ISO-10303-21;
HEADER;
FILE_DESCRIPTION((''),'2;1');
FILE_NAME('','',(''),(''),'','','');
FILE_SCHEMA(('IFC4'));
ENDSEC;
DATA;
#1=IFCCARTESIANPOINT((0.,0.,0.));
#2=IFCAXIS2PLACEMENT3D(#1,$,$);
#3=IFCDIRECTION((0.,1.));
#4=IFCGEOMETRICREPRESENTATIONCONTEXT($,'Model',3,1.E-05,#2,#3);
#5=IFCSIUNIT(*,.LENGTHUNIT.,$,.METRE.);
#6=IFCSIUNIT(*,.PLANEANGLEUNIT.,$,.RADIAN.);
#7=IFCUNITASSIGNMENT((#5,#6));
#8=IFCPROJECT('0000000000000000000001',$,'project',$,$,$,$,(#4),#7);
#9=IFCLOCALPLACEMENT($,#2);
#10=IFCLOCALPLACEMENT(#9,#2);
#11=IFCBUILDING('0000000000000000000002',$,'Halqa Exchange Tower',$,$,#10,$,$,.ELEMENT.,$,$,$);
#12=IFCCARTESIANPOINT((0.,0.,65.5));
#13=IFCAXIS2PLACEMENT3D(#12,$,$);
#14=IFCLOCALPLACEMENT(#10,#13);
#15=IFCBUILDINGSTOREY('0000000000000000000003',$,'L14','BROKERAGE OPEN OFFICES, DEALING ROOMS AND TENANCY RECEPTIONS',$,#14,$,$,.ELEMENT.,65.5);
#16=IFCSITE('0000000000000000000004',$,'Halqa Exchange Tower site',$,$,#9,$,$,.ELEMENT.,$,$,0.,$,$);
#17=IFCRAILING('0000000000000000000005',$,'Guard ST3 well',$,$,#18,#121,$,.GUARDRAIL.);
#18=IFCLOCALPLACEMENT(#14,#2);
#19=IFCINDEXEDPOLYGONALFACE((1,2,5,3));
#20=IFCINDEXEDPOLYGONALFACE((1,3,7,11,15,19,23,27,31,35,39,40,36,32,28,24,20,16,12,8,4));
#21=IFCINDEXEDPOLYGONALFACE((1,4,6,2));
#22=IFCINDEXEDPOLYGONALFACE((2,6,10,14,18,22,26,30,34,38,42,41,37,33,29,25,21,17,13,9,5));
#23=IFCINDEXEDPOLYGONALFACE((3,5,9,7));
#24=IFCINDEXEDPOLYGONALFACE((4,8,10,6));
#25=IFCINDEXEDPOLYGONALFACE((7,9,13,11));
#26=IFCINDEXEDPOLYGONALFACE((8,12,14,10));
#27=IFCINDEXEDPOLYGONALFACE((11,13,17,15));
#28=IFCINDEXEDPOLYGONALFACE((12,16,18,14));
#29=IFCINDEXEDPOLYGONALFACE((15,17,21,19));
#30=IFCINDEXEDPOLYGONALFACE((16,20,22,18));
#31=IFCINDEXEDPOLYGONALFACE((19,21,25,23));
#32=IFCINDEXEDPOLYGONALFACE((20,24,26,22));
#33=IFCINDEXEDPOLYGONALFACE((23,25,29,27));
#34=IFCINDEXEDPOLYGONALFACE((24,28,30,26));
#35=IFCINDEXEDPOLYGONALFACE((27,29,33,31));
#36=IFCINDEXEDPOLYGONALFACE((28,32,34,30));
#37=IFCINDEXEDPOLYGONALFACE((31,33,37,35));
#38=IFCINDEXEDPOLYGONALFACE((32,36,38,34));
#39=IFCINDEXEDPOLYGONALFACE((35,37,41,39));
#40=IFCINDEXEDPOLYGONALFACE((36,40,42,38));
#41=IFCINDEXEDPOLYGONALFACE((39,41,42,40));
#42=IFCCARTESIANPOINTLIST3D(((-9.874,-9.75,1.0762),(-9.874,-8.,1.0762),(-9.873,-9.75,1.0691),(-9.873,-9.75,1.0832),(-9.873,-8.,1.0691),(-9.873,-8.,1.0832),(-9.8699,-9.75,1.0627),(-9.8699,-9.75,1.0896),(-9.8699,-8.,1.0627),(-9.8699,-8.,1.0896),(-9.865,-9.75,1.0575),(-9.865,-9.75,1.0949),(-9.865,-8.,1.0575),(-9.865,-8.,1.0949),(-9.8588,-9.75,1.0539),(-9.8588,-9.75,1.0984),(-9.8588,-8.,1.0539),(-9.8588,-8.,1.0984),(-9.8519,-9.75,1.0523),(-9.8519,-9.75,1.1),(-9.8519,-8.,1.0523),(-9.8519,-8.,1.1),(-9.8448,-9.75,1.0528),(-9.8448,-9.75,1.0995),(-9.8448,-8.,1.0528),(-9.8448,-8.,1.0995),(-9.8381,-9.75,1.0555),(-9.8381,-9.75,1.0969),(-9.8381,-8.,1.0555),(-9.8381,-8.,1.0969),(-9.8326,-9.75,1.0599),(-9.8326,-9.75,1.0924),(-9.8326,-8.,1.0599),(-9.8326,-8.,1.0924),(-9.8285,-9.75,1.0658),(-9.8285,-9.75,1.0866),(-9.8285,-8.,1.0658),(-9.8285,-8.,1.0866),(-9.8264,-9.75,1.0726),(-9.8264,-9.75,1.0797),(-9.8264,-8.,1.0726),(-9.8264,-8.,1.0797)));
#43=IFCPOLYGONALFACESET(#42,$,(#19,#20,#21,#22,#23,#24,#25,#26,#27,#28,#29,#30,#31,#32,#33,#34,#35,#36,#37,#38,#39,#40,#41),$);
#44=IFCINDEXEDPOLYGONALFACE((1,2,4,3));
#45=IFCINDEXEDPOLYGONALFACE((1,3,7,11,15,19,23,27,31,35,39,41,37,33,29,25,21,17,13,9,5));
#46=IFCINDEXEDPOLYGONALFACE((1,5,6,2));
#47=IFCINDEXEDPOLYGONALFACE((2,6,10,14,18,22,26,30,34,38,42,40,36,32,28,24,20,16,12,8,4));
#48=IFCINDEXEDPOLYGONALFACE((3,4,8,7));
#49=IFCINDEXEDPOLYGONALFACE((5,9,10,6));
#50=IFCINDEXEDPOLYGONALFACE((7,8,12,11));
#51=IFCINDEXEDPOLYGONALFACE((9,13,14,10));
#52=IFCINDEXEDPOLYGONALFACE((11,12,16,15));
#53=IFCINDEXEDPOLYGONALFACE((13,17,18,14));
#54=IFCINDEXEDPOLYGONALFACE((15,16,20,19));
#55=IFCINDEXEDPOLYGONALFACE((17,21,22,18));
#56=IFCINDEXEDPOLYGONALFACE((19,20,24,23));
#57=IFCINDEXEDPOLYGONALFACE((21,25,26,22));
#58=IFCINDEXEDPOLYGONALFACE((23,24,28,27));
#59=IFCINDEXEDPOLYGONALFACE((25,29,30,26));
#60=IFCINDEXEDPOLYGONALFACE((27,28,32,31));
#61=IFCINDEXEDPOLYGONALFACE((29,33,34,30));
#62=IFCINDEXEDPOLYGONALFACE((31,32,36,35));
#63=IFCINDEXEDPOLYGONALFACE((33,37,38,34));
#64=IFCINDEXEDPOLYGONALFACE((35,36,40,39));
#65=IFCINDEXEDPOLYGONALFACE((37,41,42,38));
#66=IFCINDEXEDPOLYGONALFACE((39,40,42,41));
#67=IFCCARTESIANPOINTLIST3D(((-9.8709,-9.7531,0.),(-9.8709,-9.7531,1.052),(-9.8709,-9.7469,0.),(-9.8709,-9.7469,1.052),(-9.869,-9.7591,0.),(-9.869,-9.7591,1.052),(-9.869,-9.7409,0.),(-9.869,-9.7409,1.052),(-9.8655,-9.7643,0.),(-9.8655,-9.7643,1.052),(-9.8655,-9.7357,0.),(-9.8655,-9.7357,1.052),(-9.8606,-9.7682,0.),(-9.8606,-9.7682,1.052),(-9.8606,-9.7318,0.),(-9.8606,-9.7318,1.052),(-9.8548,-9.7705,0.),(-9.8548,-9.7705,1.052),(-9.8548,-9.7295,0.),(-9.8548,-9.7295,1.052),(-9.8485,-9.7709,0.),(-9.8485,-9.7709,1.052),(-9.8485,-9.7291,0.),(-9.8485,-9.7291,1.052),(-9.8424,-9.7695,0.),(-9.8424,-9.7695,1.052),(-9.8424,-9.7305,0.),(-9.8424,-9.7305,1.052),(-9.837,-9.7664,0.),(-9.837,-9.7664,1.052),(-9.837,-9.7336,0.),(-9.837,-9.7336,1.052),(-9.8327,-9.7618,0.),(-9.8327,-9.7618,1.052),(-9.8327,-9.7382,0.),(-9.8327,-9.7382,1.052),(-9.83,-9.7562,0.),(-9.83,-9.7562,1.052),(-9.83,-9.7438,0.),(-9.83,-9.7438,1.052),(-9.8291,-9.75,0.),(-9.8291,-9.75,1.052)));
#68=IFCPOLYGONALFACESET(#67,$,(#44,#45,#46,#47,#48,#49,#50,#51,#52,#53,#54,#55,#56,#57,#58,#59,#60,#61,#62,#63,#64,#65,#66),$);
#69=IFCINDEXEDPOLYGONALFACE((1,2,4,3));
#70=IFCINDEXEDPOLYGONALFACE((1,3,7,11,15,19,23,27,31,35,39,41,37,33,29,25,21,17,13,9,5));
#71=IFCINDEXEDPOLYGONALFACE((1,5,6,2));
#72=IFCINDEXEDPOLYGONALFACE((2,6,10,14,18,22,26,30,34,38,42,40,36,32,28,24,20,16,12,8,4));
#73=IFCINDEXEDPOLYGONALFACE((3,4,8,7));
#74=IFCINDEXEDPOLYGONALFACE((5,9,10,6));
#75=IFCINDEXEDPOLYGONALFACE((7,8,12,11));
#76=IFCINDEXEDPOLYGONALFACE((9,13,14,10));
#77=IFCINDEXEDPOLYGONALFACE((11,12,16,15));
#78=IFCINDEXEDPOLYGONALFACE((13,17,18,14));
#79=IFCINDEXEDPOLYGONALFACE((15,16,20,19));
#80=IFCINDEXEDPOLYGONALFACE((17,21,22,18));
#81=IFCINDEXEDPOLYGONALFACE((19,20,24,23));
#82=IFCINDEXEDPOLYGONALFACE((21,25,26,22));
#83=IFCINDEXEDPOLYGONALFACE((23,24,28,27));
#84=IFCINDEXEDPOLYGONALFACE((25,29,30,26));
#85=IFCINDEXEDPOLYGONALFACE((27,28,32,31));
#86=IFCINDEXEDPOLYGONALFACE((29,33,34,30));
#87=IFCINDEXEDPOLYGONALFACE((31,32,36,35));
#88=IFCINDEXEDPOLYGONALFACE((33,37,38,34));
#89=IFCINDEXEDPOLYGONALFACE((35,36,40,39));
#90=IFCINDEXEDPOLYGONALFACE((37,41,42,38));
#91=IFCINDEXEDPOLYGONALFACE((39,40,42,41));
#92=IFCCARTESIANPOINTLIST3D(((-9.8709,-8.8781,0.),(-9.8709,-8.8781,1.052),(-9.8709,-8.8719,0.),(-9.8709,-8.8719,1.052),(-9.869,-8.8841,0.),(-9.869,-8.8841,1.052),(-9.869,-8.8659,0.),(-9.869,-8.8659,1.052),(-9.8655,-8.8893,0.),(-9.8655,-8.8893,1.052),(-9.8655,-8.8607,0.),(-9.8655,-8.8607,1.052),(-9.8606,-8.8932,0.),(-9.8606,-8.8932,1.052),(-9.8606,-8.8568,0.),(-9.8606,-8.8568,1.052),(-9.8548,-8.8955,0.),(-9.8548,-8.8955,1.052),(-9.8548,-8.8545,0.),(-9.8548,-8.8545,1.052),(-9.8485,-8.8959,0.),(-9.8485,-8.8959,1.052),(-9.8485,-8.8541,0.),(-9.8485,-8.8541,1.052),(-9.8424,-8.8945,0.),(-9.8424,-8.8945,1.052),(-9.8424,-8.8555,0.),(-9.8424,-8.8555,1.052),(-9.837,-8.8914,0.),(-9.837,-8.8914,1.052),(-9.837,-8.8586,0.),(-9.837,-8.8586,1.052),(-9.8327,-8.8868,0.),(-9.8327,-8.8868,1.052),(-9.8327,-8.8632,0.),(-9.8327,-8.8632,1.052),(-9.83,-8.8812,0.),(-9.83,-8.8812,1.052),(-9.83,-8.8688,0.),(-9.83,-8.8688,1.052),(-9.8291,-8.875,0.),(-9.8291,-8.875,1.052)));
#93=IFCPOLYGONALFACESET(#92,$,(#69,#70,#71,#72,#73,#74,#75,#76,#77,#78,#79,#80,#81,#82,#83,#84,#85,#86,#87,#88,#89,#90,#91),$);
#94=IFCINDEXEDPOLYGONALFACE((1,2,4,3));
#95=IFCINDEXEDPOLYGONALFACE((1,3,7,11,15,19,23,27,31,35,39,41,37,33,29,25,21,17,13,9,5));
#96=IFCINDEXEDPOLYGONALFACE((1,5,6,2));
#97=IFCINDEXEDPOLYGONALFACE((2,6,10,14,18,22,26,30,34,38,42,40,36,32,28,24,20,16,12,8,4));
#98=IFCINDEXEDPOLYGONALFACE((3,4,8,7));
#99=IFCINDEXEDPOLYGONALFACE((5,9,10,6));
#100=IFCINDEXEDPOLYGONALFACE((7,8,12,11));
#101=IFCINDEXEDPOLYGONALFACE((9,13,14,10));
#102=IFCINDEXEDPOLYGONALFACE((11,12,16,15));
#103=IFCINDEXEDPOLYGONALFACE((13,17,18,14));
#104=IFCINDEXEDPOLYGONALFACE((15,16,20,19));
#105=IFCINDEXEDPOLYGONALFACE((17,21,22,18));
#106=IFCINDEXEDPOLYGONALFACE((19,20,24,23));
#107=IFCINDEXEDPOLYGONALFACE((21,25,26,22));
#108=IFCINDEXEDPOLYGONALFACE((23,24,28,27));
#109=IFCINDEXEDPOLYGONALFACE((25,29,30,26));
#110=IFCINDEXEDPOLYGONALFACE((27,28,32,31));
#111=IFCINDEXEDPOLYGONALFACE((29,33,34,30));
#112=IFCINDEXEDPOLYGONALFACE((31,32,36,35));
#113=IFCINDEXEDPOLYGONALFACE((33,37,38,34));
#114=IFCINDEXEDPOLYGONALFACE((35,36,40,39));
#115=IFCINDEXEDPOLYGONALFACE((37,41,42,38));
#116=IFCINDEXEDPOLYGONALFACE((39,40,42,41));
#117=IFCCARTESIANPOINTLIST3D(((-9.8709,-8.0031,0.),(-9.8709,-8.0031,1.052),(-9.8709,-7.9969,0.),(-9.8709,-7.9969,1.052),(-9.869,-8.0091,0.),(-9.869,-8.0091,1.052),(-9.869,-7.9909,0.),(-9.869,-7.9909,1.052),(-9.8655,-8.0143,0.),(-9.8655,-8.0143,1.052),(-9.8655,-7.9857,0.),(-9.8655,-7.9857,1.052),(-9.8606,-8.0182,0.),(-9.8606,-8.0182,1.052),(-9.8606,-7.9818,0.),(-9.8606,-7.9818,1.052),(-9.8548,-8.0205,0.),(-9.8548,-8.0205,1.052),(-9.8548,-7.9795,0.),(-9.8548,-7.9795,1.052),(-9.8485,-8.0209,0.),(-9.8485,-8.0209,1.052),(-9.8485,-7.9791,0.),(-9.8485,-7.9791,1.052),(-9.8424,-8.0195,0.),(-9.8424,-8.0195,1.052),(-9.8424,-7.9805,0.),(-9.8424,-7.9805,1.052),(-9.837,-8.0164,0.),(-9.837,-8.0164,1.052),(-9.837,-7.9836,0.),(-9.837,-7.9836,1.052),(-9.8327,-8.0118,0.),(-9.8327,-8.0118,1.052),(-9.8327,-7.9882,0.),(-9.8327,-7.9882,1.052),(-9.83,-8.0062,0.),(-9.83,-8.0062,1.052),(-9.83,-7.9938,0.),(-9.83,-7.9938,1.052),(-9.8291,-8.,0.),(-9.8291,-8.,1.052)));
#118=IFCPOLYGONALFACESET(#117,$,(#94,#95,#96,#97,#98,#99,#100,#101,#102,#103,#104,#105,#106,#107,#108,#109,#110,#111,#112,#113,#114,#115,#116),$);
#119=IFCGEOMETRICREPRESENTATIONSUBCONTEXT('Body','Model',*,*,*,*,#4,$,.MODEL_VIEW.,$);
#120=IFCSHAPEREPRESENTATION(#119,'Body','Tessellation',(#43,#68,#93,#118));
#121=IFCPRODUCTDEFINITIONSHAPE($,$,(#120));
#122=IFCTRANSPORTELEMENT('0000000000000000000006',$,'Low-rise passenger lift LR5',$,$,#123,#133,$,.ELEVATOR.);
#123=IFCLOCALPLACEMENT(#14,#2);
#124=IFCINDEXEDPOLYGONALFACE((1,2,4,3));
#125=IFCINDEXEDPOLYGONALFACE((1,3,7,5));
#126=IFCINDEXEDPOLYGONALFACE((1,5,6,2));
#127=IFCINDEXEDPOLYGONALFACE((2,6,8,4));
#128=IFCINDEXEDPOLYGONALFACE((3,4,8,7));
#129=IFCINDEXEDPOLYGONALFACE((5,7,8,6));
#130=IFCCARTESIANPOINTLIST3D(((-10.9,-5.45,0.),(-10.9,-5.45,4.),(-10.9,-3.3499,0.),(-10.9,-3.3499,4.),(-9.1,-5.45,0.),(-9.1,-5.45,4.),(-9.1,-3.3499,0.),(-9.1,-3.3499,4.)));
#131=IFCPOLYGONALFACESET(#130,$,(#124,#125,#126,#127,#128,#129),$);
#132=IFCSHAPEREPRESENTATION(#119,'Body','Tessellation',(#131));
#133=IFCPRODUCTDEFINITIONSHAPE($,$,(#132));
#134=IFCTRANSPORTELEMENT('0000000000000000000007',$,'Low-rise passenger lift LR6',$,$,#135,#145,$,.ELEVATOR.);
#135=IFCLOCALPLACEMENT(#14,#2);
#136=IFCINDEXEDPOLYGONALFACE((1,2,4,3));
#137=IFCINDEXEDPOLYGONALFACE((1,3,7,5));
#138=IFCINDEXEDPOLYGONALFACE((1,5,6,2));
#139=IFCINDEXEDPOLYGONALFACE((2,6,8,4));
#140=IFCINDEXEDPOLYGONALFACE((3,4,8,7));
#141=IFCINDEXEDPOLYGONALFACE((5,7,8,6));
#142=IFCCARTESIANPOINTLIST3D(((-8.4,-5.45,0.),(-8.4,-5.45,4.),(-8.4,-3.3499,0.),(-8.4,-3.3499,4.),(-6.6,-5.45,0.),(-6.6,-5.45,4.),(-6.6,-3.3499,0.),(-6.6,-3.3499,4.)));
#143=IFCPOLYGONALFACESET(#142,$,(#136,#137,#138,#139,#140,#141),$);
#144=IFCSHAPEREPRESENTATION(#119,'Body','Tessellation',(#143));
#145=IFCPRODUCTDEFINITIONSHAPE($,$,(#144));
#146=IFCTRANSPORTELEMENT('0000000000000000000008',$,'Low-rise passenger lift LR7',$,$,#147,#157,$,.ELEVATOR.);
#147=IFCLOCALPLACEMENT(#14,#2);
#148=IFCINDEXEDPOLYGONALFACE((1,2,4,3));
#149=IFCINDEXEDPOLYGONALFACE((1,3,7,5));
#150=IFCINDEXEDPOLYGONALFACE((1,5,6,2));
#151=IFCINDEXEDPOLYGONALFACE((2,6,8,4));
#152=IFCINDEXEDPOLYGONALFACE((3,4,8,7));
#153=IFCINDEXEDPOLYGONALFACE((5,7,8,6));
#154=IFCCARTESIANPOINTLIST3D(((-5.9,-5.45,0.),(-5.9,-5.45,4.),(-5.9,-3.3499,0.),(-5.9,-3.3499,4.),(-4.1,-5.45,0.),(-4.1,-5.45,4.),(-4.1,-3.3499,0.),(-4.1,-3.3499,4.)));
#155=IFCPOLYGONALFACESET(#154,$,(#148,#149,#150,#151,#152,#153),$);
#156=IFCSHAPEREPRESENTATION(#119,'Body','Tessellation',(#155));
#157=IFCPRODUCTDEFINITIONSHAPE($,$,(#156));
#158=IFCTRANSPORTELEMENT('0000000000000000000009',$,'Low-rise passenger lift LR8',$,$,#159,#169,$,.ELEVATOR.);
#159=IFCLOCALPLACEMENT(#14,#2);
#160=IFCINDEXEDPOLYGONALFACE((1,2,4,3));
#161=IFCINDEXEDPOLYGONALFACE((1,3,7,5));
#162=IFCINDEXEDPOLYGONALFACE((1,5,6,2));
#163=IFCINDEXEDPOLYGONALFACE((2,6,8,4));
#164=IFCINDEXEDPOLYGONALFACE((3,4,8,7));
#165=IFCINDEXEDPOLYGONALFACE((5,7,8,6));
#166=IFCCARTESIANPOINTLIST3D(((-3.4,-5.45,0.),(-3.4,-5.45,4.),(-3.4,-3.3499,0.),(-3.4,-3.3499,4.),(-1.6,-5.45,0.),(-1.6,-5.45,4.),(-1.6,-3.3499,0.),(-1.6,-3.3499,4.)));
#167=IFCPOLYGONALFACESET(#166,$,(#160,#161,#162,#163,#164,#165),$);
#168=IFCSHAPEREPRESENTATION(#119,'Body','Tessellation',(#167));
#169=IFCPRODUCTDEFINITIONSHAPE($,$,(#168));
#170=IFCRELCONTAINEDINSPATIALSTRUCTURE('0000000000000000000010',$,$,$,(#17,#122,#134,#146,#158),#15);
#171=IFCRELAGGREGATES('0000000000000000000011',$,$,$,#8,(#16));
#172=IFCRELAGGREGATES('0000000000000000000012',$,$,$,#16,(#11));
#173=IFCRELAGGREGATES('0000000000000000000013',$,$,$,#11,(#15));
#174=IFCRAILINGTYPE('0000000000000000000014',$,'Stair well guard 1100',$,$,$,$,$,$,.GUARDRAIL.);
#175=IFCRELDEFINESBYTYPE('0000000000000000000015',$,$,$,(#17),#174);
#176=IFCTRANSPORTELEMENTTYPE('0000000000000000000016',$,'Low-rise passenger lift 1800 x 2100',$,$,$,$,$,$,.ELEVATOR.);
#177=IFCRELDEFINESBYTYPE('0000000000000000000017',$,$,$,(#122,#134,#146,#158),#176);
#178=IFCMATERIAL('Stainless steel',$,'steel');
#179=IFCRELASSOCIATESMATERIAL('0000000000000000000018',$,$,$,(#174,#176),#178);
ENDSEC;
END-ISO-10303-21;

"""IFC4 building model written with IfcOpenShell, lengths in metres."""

from ifc_helpers import new_model, si_unit, direction, frame, origin, origin_2d, place, context, subcontext, project, spatial, rectangle, circle, extrude, material, type_object, element, save


model = new_model("IFC4")

# Units and contexts
model_context = context("Model", 3, precision=1e-05, world=origin(), true_north=direction((0.0, 1.0)))
body_context = subcontext(model_context, "Body", "Model", "MODEL_VIEW")
ifc_project = project(units=[si_unit("LENGTHUNIT", "METRE"), si_unit("PLANEANGLEUNIT", "RADIAN")], contexts=[model_context])

# Site, building, storey
site_placement = place(None, origin())
site = spatial("IfcSite", under=ifc_project, at=site_placement, Name="Halqa Exchange Tower site", CompositionType="ELEMENT", RefElevation=0.0)
building_placement = place(site_placement, origin())
building = spatial("IfcBuilding", under=site, at=building_placement, Name="Halqa Exchange Tower", CompositionType="ELEMENT")
storey_placement = place(building_placement, frame((0.0, 0.0, 65.5)))
storey = spatial("IfcBuildingStorey", under=building, at=storey_placement, Name="L14", Description="BROKERAGE OPEN OFFICES, DEALING ROOMS AND TENANCY RECEPTIONS", CompositionType="ELEMENT", Elevation=65.5)

# Shared definitions
ifc_material_1 = material(Name="Stainless steel", Category="steel")

# Railing
railing_type_1 = type_object("IfcRailingType", Name="Stair well guard 1100", PredefinedType="GUARDRAIL", material=ifc_material_1)
railing_1_placement = place(storey_placement, frame((-9.8501, -9.75, 0.0)))
element("IfcRailing", 1, at=railing_1_placement, inside=storey, type_object=railing_type_1, Name="Guard ST3 well", PredefinedType="GUARDRAIL", context=body_context, shape_type="SweptSolid", body=[
    extrude(circle(Radius=0.0239, at=origin_2d()), frame((0.0, 0.0, 1.0762), z_axis=(0.0, 1.0, 0.0), x_axis=(-1.0, 0.0, 0.0)), (0.0, 0.0, 1.0), 1.75),
    extrude(circle(Radius=0.021, at=origin_2d()), origin(), (0.0, 0.0, 1.0), 1.052),
    extrude(circle(Radius=0.021, at=origin_2d()), frame((0.0, 0.875, 0.0)), (0.0, 0.0, 1.0), 1.052),
    extrude(circle(Radius=0.021, at=origin_2d()), frame((0.0, 1.75, 0.0)), (0.0, 0.0, 1.0), 1.052),
])

# Transport elements
transport_element_type = type_object("IfcTransportElementType", Name="Low-rise passenger lift 1800 x 2100", PredefinedType="ELEVATOR", material=ifc_material_1)
for number, where, z_axis, x_axis, name in (
    (2, (-10.0, -4.3999, 0.0), (0.0, 0.0, 1.0), (1.0, 0.0, 0.0), "Low-rise passenger lift LR5"),
    (3, (-7.5, -4.3999, 0.0), (0.0, 0.0, 1.0), (1.0, 0.0, 0.0), "Low-rise passenger lift LR6"),
    (4, (-5.0, -4.3999, 0.0), (0.0, 0.0, 1.0), (1.0, 0.0, 0.0), "Low-rise passenger lift LR7"),
    (5, (-2.5, -4.3999, 0.0), (0.0, 0.0, 1.0), (1.0, 0.0, 0.0), "Low-rise passenger lift LR8"),
):
    element("IfcTransportElement", number, at=place(storey_placement, frame(where, z_axis=z_axis, x_axis=x_axis)), inside=storey, type_object=transport_element_type, Name=name, PredefinedType="ELEVATOR", context=body_context, shape_type="SweptSolid", body=[
        extrude(rectangle(XDim=1.8, YDim=2.1001, at=origin_2d()), origin(), (0.0, 0.0, 1.0), 4.0),
    ])

save(model, "model.ifc")
